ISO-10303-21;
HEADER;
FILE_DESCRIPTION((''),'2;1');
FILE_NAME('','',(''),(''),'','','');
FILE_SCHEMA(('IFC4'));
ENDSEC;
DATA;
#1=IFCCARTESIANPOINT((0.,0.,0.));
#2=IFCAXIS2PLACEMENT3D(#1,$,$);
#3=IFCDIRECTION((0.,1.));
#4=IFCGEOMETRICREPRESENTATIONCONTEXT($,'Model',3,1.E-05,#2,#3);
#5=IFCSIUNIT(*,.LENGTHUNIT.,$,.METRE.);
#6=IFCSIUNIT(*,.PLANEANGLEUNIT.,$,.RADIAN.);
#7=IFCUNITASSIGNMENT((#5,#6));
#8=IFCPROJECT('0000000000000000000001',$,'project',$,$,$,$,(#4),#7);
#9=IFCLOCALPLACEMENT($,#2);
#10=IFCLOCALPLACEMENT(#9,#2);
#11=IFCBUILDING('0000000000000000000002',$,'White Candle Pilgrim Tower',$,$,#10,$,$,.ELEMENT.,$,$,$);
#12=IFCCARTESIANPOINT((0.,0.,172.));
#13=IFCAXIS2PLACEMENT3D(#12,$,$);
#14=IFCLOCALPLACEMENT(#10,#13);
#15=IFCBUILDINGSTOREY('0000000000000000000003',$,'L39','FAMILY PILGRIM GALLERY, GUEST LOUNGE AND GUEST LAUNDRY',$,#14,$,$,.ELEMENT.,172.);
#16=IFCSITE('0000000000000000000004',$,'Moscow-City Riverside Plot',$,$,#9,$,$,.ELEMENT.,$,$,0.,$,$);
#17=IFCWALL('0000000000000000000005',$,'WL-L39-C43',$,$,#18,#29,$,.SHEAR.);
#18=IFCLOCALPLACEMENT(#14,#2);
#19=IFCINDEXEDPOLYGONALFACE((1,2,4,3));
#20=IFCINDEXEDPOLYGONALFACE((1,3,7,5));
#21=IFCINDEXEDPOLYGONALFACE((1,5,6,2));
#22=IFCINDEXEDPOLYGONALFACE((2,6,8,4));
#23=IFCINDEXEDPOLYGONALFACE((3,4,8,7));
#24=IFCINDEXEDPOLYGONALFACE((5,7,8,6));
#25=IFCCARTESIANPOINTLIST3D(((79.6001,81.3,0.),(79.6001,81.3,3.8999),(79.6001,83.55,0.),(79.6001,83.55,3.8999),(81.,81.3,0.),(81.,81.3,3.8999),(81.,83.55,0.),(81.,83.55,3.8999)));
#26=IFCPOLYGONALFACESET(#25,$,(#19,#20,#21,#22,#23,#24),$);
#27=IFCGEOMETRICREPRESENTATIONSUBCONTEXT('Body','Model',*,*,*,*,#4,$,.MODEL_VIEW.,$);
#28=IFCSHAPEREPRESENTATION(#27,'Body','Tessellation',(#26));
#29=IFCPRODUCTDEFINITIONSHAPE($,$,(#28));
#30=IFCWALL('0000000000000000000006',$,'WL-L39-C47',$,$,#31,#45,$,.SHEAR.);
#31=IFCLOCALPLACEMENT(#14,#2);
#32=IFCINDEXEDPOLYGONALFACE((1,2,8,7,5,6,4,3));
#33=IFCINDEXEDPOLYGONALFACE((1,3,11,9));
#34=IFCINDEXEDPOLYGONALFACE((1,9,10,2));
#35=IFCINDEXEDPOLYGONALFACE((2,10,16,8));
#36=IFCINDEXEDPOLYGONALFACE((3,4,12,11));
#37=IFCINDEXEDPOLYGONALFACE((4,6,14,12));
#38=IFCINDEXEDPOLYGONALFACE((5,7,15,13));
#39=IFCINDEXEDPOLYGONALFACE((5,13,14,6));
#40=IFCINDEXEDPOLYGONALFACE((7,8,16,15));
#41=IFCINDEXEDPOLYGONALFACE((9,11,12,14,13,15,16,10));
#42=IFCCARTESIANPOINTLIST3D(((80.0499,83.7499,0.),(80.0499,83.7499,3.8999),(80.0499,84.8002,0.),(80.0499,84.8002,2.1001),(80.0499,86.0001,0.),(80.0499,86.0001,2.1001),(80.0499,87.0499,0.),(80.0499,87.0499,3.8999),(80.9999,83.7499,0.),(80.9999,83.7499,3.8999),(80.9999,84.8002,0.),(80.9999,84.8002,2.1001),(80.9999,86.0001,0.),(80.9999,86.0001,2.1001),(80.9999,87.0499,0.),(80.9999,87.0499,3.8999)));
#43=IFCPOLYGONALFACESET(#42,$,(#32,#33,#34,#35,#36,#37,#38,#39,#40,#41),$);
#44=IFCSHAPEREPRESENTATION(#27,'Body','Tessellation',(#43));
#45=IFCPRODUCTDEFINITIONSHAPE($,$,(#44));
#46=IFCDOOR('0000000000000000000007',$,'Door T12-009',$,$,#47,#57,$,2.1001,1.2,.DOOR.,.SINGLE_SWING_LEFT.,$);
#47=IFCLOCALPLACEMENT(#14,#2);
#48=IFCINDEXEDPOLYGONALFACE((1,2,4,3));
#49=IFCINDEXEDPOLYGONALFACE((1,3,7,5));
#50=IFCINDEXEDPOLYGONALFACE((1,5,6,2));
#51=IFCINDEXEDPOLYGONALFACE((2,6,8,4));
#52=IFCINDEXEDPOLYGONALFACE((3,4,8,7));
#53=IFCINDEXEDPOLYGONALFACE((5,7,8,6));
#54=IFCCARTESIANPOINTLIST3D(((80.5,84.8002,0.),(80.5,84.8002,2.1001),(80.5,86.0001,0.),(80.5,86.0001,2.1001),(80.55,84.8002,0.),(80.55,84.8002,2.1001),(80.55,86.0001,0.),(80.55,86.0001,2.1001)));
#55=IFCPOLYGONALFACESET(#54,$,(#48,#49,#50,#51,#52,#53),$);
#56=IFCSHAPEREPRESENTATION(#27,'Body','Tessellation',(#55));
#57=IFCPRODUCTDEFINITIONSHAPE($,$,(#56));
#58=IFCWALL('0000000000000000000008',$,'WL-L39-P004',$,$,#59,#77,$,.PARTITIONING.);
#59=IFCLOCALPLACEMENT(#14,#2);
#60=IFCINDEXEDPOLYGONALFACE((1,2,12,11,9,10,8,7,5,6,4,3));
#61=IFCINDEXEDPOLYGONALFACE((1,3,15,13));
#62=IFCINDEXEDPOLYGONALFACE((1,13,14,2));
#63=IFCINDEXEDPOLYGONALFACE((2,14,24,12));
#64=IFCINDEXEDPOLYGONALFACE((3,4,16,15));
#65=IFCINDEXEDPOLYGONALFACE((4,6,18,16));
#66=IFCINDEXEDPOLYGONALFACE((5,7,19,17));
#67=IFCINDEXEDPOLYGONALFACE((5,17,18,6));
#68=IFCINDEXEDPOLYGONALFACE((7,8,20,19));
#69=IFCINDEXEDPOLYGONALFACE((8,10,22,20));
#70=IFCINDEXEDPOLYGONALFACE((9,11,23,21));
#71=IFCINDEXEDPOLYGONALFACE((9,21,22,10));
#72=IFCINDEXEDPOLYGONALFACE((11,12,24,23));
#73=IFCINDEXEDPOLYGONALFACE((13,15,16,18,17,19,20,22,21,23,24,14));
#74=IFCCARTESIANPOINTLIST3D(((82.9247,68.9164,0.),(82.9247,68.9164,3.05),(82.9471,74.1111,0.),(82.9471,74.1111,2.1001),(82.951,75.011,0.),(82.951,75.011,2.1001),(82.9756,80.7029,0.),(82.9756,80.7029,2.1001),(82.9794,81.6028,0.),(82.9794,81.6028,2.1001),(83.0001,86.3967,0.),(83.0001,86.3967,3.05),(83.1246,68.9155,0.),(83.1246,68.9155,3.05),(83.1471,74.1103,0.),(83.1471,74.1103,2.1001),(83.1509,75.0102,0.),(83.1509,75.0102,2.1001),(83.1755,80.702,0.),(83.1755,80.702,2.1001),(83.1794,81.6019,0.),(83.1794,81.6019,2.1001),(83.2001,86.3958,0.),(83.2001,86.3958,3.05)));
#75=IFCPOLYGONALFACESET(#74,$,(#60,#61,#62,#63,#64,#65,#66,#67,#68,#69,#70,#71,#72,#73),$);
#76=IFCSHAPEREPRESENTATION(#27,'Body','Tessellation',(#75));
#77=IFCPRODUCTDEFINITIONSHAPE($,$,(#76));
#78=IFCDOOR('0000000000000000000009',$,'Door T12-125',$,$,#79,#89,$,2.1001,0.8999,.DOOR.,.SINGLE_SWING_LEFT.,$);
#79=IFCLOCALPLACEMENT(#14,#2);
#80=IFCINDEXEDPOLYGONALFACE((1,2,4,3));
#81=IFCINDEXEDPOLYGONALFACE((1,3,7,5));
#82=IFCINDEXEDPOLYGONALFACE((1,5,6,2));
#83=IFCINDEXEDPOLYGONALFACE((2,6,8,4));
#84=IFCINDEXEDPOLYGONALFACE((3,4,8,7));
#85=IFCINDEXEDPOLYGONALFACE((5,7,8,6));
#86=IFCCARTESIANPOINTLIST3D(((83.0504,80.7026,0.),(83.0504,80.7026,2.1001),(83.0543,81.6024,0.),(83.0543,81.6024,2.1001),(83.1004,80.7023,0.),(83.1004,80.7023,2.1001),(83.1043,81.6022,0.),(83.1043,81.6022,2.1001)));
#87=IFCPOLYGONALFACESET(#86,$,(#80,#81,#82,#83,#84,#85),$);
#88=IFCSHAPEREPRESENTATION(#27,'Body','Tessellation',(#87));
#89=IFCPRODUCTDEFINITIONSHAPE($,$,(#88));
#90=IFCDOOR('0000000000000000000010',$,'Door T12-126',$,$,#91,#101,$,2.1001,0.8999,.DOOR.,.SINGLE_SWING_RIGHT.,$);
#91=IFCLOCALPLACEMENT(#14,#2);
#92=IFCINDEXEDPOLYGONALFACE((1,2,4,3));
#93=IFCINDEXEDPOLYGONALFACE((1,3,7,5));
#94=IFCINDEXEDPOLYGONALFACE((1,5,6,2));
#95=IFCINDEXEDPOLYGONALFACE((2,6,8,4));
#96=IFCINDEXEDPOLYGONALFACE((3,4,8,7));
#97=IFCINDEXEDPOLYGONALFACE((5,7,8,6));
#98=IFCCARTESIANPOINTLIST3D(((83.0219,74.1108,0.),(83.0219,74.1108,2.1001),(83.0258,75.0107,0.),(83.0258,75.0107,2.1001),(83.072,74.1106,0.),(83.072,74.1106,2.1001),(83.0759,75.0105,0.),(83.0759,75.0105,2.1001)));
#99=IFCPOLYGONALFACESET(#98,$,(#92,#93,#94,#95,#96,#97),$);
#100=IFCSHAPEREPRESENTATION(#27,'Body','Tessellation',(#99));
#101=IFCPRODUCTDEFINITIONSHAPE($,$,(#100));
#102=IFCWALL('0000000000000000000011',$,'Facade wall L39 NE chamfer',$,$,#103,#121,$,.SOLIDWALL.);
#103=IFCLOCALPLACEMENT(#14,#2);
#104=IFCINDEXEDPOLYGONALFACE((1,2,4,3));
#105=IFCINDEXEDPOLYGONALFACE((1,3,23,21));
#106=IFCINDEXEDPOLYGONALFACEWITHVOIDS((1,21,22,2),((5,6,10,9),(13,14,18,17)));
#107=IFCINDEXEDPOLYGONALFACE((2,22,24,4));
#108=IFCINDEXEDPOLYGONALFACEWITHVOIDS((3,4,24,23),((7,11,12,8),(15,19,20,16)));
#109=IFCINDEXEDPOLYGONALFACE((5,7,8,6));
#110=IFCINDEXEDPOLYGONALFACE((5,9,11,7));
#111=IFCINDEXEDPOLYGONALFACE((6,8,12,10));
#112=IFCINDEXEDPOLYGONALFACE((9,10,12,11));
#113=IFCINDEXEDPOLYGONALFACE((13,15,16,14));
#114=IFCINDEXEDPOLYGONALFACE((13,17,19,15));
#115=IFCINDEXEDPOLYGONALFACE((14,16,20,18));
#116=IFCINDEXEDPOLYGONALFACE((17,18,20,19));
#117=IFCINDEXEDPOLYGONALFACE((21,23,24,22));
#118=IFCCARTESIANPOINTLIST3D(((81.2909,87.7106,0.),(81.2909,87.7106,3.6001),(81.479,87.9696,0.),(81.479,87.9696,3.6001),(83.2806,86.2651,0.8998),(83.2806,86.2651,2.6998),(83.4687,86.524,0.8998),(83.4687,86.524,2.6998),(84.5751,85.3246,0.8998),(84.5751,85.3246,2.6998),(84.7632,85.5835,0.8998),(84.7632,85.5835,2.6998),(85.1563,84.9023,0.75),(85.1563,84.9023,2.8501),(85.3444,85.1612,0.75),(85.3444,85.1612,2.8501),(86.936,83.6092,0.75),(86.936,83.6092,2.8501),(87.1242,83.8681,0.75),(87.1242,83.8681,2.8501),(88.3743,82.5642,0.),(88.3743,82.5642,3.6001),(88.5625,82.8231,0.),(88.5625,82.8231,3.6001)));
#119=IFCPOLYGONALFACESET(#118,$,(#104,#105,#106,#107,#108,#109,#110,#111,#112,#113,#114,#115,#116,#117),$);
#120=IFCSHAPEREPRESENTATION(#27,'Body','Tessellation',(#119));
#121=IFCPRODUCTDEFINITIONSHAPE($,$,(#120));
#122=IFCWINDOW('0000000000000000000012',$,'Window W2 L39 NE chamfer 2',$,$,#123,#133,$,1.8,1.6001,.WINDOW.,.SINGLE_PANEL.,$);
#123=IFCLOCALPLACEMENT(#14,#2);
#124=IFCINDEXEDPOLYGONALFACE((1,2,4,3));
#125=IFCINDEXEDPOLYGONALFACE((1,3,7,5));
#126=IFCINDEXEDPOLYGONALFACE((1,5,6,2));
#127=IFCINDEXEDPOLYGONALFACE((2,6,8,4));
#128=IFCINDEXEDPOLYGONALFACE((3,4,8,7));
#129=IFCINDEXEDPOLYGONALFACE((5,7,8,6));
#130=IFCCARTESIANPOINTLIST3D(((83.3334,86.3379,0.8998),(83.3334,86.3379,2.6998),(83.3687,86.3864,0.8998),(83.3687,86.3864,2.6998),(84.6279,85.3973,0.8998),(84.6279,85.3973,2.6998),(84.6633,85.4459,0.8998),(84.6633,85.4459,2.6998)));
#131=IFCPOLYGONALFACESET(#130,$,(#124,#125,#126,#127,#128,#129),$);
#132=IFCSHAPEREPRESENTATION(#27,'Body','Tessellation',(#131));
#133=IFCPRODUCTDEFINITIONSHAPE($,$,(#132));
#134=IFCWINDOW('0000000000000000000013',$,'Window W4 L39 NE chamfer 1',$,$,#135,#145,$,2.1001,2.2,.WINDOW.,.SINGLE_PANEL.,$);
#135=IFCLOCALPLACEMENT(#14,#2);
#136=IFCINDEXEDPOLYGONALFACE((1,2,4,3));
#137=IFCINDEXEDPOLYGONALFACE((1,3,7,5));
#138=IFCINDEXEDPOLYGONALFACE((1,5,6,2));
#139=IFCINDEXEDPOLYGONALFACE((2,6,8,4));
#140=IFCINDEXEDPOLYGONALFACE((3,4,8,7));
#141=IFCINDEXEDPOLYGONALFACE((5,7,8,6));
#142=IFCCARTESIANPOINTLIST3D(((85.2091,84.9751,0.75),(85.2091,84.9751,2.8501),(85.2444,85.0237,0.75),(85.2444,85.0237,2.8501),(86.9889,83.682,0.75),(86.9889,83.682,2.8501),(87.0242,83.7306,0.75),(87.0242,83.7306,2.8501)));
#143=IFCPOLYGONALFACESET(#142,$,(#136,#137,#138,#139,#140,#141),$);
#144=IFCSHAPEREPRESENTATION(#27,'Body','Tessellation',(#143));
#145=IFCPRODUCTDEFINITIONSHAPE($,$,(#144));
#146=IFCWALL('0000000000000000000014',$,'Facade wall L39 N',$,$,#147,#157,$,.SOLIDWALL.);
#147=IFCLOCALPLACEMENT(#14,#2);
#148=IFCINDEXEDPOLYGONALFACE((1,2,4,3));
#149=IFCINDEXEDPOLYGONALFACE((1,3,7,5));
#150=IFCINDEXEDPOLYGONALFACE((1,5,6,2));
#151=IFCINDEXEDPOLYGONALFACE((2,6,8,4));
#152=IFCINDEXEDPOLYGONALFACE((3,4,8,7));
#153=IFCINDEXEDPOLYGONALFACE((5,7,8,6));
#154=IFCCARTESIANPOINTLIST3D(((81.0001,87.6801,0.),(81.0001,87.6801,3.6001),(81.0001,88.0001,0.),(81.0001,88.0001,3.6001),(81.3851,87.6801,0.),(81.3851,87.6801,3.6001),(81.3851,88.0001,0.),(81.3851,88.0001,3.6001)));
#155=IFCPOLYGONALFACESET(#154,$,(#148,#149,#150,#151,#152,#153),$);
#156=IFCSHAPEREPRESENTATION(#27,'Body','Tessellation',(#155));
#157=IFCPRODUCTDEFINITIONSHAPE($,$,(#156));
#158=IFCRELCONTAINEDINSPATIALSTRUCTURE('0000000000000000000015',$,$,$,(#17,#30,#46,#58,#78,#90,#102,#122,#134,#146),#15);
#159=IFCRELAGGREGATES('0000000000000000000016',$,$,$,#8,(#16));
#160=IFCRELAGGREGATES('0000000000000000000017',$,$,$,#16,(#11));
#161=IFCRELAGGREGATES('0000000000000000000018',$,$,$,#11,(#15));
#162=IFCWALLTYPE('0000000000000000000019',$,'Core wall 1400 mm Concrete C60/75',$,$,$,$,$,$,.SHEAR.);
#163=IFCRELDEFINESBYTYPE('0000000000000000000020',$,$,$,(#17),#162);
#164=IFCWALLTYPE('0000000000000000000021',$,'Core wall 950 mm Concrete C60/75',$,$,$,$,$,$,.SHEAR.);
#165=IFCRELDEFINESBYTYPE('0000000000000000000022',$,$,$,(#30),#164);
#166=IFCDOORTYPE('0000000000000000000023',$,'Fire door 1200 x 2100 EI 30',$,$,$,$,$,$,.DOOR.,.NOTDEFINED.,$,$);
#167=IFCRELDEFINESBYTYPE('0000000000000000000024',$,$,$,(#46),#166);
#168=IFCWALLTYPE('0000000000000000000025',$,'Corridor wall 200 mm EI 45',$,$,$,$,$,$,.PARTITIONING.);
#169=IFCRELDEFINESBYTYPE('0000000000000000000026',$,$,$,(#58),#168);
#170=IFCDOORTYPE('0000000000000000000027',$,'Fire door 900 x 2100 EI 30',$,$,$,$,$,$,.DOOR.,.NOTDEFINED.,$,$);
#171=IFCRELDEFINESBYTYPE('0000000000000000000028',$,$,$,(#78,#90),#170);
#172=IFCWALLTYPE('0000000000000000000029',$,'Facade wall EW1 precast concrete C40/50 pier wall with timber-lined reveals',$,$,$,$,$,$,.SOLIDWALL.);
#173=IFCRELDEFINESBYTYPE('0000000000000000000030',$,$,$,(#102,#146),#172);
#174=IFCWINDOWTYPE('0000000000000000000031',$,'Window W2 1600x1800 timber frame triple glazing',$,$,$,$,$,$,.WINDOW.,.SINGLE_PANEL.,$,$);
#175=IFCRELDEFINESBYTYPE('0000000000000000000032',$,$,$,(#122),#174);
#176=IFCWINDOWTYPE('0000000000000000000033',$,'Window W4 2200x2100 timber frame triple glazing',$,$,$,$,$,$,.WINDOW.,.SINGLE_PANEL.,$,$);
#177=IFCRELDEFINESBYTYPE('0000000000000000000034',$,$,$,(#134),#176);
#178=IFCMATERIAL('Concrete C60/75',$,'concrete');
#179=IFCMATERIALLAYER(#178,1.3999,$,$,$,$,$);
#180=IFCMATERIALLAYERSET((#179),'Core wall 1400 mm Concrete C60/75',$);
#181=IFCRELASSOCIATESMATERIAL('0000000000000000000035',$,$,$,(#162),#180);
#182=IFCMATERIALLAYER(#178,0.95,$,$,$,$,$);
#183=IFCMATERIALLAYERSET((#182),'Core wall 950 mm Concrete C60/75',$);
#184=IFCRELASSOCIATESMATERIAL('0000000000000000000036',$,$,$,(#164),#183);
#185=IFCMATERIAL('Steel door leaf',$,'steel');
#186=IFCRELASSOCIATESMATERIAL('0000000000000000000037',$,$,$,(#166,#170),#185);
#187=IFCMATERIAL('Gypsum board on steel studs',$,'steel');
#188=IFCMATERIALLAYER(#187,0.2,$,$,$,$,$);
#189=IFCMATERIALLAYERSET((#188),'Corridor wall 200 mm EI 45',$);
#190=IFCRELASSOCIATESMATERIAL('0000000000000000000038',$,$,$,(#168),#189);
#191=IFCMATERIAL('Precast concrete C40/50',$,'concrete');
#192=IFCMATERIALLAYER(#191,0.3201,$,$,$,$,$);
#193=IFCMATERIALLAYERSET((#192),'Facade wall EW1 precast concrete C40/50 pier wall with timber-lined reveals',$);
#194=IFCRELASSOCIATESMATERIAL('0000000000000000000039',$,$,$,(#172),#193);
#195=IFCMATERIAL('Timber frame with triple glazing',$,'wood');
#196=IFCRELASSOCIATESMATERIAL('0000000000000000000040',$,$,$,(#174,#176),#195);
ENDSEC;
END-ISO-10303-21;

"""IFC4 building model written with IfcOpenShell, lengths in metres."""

from ifc_helpers import new_model, si_unit, direction, frame, frame_2d, origin, place, context, subcontext, project, spatial, rectangle, extrude, material, layer, layer_set, type_object, element, fill, save


model = new_model("IFC4")

# Units and contexts
model_context = context("Model", 3, precision=1e-05, world=origin(), true_north=direction((0.0, 1.0)))
body_context = subcontext(model_context, "Body", "Model", "MODEL_VIEW")
ifc_project = project(units=[si_unit("LENGTHUNIT", "METRE"), si_unit("PLANEANGLEUNIT", "RADIAN")], contexts=[model_context])

# Site, building, storey
site_placement = place(None, origin())
site = spatial("IfcSite", under=ifc_project, at=site_placement, Name="Moscow-City Riverside Plot", CompositionType="ELEMENT", RefElevation=0.0)
building_placement = place(site_placement, origin())
building = spatial("IfcBuilding", under=site, at=building_placement, Name="White Candle Pilgrim Tower", CompositionType="ELEMENT")
storey_placement = place(building_placement, frame((0.0, 0.0, 172.0)))
storey = spatial("IfcBuildingStorey", under=building, at=storey_placement, Name="L39", Description="FAMILY PILGRIM GALLERY, GUEST LOUNGE AND GUEST LAUNDRY", CompositionType="ELEMENT", Elevation=172.0)

# Wall
ifc_material_1 = material(Name="Concrete C60/75", Category="concrete")
ifc_layer_1 = layer(ifc_material_1, 1.3999)
ifc_layer_set_1 = layer_set([ifc_layer_1], Name="Core wall 1400 mm Concrete C60/75")
wall_type_1 = type_object("IfcWallType", Name="Core wall 1400 mm Concrete C60/75", PredefinedType="SHEAR", material=ifc_layer_set_1)
wall_1_placement = place(storey_placement, frame((80.3, 81.3, 0.0), z_axis=(0.0, 0.0, 1.0), x_axis=(0.0, 1.0, 0.0)))
element("IfcWall", 1, at=wall_1_placement, inside=storey, type_object=wall_type_1, Name="WL-L39-C43", PredefinedType="SHEAR", context=body_context, shape_type="SweptSolid", body=[
    extrude(rectangle(XDim=2.25, YDim=1.3999, at=frame_2d((1.125, 0.0))), origin(), (0.0, 0.0, 1.0), 3.8999),
])

# Wall, opening, door
ifc_layer_2 = layer(ifc_material_1, 0.95)
ifc_layer_set_2 = layer_set([ifc_layer_2], Name="Core wall 950 mm Concrete C60/75")
wall_type_2 = type_object("IfcWallType", Name="Core wall 950 mm Concrete C60/75", PredefinedType="SHEAR", material=ifc_layer_set_2)
wall_2_placement = place(storey_placement, frame((80.5249, 83.75, 0.0), z_axis=(0.0, 0.0, 1.0), x_axis=(0.0, 1.0, 0.0)))
wall_2 = element("IfcWall", 2, at=wall_2_placement, inside=storey, type_object=wall_type_2, Name="WL-L39-C47", PredefinedType="SHEAR", context=body_context, shape_type="SweptSolid", body=[
    extrude(rectangle(XDim=3.3, YDim=0.95, at=frame_2d((1.6499, 0.0))), origin(), (0.0, 0.0, 1.0), 3.8999),
])
opening_1_placement = place(wall_2_placement, frame((1.05, 0.0, 0.0)))
opening_1 = element("IfcOpeningElement", 3, at=opening_1_placement, cuts=wall_2, PredefinedType="OPENING", context=body_context, shape_type="SweptSolid", body=[
    extrude(rectangle(XDim=1.2, YDim=2.1001, at=frame_2d((0.6001, 1.05))), frame((0.0, 0.4849, 0.0), z_axis=(0.0, -1.0, 0.0), x_axis=(1.0, 0.0, 0.0)), (0.0, 0.0, 1.0), 0.97),
])
ifc_material_2 = material(Name="Steel door leaf", Category="steel")
door_type_1 = type_object("IfcDoorType", Name="Fire door 1200 x 2100 EI 30", OperationType="NOTDEFINED", PredefinedType="DOOR", material=ifc_material_2)
door_1_placement = place(opening_1_placement, origin())
door_1 = element("IfcDoor", 4, at=door_1_placement, inside=storey, type_object=door_type_1, Name="Door T12-009", OperationType="SINGLE_SWING_LEFT", OverallHeight=2.1001, OverallWidth=1.2, PredefinedType="DOOR", context=body_context, shape_type="SweptSolid", body=[
    extrude(rectangle(XDim=1.2, YDim=2.1001, at=frame_2d((0.6001, 1.05))), frame((0.0, 0.0249, 0.0), z_axis=(0.0, -1.0, 0.0), x_axis=(1.0, 0.0, 0.0)), (0.0, 0.0, 1.0), 0.05),
])
fill(opening_1, door_1)

# Wall, openings, doors
ifc_material_3 = material(Name="Gypsum board on steel studs", Category="steel")
ifc_layer_3 = layer(ifc_material_3, 0.2)
ifc_layer_set_3 = layer_set([ifc_layer_3], Name="Corridor wall 200 mm EI 45")
wall_type_3 = type_object("IfcWallType", Name="Corridor wall 200 mm EI 45", PredefinedType="PARTITIONING", material=ifc_layer_set_3)
wall_3_placement = place(storey_placement, frame((83.1001, 86.3962, 0.0), z_axis=(0.0, 0.0, 1.0), x_axis=(-0.004316, -0.999991, 0.0)))
wall_3 = element("IfcWall", 5, at=wall_3_placement, inside=storey, type_object=wall_type_3, Name="WL-L39-P004", PredefinedType="PARTITIONING", context=body_context, shape_type="SweptSolid", body=[
    extrude(rectangle(XDim=17.4805, YDim=0.2, at=frame_2d((8.7402, 0.0))), origin(), (0.0, 0.0, 1.0), 3.05),
])
opening_2_placement = place(wall_3_placement, frame((4.7939, 0.0, 0.0)))
opening_2 = element("IfcOpeningElement", 6, at=opening_2_placement, cuts=wall_3, PredefinedType="OPENING", context=body_context, shape_type="SweptSolid", body=[
    extrude(rectangle(XDim=0.8999, YDim=2.1001, at=frame_2d((0.45, 1.05))), frame((0.0, 0.1099, 0.0), z_axis=(0.0, -1.0, 0.0), x_axis=(1.0, 0.0, 0.0)), (0.0, 0.0, 1.0), 0.22),
])
opening_3_placement = place(wall_3_placement, frame((11.3857, 0.0, 0.0)))
opening_3 = element("IfcOpeningElement", 7, at=opening_3_placement, cuts=wall_3, PredefinedType="OPENING", context=body_context, shape_type="SweptSolid", body=[
    extrude(rectangle(XDim=0.8999, YDim=2.1001, at=frame_2d((0.45, 1.05))), frame((0.0, 0.1099, 0.0), z_axis=(0.0, -1.0, 0.0), x_axis=(1.0, 0.0, 0.0)), (0.0, 0.0, 1.0), 0.22),
])
door_type_2 = type_object("IfcDoorType", Name="Fire door 900 x 2100 EI 30", OperationType="NOTDEFINED", PredefinedType="DOOR", material=ifc_material_2)
door_2_placement = place(opening_2_placement, origin())
door_2 = element("IfcDoor", 8, at=door_2_placement, inside=storey, type_object=door_type_2, Name="Door T12-125", OperationType="SINGLE_SWING_LEFT", OverallHeight=2.1001, OverallWidth=0.8999, PredefinedType="DOOR", context=body_context, shape_type="SweptSolid", body=[
    extrude(rectangle(XDim=0.8999, YDim=2.1001, at=frame_2d((0.45, 1.05))), frame((0.0, 0.0249, 0.0), z_axis=(0.0, -1.0, 0.0), x_axis=(1.0, 0.0, 0.0)), (0.0, 0.0, 1.0), 0.05),
])
fill(opening_2, door_2)
door_3_placement = place(opening_3_placement, origin())
door_3 = element("IfcDoor", 9, at=door_3_placement, inside=storey, type_object=door_type_2, Name="Door T12-126", OperationType="SINGLE_SWING_RIGHT", OverallHeight=2.1001, OverallWidth=0.8999, PredefinedType="DOOR", context=body_context, shape_type="SweptSolid", body=[
    extrude(rectangle(XDim=0.8999, YDim=2.1001, at=frame_2d((0.45, 1.05))), frame((0.0, 0.0249, 0.0), z_axis=(0.0, -1.0, 0.0), x_axis=(1.0, 0.0, 0.0)), (0.0, 0.0, 1.0), 0.05),
])
fill(opening_3, door_3)

# Wall, openings, windows
ifc_material_4 = material(Name="Precast concrete C40/50", Category="concrete")
ifc_layer_4 = layer(ifc_material_4, 0.3201)
ifc_layer_set_4 = layer_set([ifc_layer_4], Name="Facade wall EW1 precast concrete C40/50 pier wall with timber-lined reveals")
wall_type_4 = type_object("IfcWallType", Name="Facade wall EW1 precast concrete C40/50 pier wall with timber-lined reveals", PredefinedType="SOLIDWALL", material=ifc_layer_set_4)
wall_4_placement = place(storey_placement, frame((88.4685, 82.6936, 0.0), z_axis=(0.0, 0.0, 1.0), x_axis=(-0.809016, 0.587787, 0.0)))
wall_4 = element("IfcWall", 10, at=wall_4_placement, inside=storey, type_object=wall_type_4, Name="Facade wall L39 NE chamfer", PredefinedType="SOLIDWALL", context=body_context, shape_type="SweptSolid", body=[
    extrude(rectangle(XDim=8.7556, YDim=0.3201, at=frame_2d((4.3779, 0.0))), origin(), (0.0, 0.0, 1.0), 3.6001),
])
opening_4_placement = place(wall_4_placement, frame((1.7778, 0.0, 0.75)))
opening_4 = element("IfcOpeningElement", 11, at=opening_4_placement, cuts=wall_4, PredefinedType="OPENING", context=body_context, shape_type="SweptSolid", body=[
    extrude(rectangle(XDim=2.2, YDim=2.1001, at=frame_2d((1.1001, 1.05))), frame((0.0, 0.1699, 0.0), z_axis=(0.0, -1.0, 0.0), x_axis=(1.0, 0.0, 0.0)), (0.0, 0.0, 1.0), 0.3401),
])
opening_5_placement = place(wall_4_placement, frame((4.6963, 0.0, 0.8999)))
opening_5 = element("IfcOpeningElement", 12, at=opening_5_placement, cuts=wall_4, PredefinedType="OPENING", context=body_context, shape_type="SweptSolid", body=[
    extrude(rectangle(XDim=1.6001, YDim=1.8, at=frame_2d((0.8, 0.8999))), frame((0.0, 0.1699, 0.0), z_axis=(0.0, -1.0, 0.0), x_axis=(1.0, 0.0, 0.0)), (0.0, 0.0, 1.0), 0.3401),
])
ifc_material_5 = material(Name="Timber frame with triple glazing", Category="wood")
window_type_1 = type_object("IfcWindowType", Name="Window W2 1600x1800 timber frame triple glazing", PartitioningType="SINGLE_PANEL", PredefinedType="WINDOW", material=ifc_material_5)
window_1_placement = place(opening_5_placement, origin())
window_1 = element("IfcWindow", 13, at=window_1_placement, inside=storey, type_object=window_type_1, Name="Window W2 L39 NE chamfer 2", OverallHeight=1.8, OverallWidth=1.6001, PartitioningType="SINGLE_PANEL", PredefinedType="WINDOW", context=body_context, shape_type="SweptSolid", body=[
    extrude(rectangle(XDim=1.6001, YDim=1.8, at=frame_2d((0.8, 0.8999))), frame((0.0, 0.0701, 0.0), z_axis=(0.0, -1.0, 0.0), x_axis=(1.0, 0.0, 0.0)), (0.0, 0.0, 1.0), 0.0601),
])
fill(opening_5, window_1)
window_type_2 = type_object("IfcWindowType", Name="Window W4 2200x2100 timber frame triple glazing", PartitioningType="SINGLE_PANEL", PredefinedType="WINDOW", material=ifc_material_5)
window_2_placement = place(opening_4_placement, origin())
window_2 = element("IfcWindow", 14, at=window_2_placement, inside=storey, type_object=window_type_2, Name="Window W4 L39 NE chamfer 1", OverallHeight=2.1001, OverallWidth=2.2, PartitioningType="SINGLE_PANEL", PredefinedType="WINDOW", context=body_context, shape_type="SweptSolid", body=[
    extrude(rectangle(XDim=2.2, YDim=2.1001, at=frame_2d((1.1001, 1.05))), frame((0.0, 0.0701, 0.0), z_axis=(0.0, -1.0, 0.0), x_axis=(1.0, 0.0, 0.0)), (0.0, 0.0, 1.0), 0.0601),
])
fill(opening_4, window_2)

# Wall
wall_5_placement = place(storey_placement, frame((81.385, 87.8401, 0.0), z_axis=(0.0, 0.0, 1.0), x_axis=(-1.0, 0.0, 0.0)))
element("IfcWall", 15, at=wall_5_placement, inside=storey, type_object=wall_type_4, Name="Facade wall L39 N", PredefinedType="SOLIDWALL", context=body_context, shape_type="SweptSolid", body=[
    extrude(rectangle(XDim=0.385, YDim=0.3201, at=frame_2d((0.1924, 0.0))), origin(), (0.0, 0.0, 1.0), 3.6001),
])

save(model, "model.ifc")
